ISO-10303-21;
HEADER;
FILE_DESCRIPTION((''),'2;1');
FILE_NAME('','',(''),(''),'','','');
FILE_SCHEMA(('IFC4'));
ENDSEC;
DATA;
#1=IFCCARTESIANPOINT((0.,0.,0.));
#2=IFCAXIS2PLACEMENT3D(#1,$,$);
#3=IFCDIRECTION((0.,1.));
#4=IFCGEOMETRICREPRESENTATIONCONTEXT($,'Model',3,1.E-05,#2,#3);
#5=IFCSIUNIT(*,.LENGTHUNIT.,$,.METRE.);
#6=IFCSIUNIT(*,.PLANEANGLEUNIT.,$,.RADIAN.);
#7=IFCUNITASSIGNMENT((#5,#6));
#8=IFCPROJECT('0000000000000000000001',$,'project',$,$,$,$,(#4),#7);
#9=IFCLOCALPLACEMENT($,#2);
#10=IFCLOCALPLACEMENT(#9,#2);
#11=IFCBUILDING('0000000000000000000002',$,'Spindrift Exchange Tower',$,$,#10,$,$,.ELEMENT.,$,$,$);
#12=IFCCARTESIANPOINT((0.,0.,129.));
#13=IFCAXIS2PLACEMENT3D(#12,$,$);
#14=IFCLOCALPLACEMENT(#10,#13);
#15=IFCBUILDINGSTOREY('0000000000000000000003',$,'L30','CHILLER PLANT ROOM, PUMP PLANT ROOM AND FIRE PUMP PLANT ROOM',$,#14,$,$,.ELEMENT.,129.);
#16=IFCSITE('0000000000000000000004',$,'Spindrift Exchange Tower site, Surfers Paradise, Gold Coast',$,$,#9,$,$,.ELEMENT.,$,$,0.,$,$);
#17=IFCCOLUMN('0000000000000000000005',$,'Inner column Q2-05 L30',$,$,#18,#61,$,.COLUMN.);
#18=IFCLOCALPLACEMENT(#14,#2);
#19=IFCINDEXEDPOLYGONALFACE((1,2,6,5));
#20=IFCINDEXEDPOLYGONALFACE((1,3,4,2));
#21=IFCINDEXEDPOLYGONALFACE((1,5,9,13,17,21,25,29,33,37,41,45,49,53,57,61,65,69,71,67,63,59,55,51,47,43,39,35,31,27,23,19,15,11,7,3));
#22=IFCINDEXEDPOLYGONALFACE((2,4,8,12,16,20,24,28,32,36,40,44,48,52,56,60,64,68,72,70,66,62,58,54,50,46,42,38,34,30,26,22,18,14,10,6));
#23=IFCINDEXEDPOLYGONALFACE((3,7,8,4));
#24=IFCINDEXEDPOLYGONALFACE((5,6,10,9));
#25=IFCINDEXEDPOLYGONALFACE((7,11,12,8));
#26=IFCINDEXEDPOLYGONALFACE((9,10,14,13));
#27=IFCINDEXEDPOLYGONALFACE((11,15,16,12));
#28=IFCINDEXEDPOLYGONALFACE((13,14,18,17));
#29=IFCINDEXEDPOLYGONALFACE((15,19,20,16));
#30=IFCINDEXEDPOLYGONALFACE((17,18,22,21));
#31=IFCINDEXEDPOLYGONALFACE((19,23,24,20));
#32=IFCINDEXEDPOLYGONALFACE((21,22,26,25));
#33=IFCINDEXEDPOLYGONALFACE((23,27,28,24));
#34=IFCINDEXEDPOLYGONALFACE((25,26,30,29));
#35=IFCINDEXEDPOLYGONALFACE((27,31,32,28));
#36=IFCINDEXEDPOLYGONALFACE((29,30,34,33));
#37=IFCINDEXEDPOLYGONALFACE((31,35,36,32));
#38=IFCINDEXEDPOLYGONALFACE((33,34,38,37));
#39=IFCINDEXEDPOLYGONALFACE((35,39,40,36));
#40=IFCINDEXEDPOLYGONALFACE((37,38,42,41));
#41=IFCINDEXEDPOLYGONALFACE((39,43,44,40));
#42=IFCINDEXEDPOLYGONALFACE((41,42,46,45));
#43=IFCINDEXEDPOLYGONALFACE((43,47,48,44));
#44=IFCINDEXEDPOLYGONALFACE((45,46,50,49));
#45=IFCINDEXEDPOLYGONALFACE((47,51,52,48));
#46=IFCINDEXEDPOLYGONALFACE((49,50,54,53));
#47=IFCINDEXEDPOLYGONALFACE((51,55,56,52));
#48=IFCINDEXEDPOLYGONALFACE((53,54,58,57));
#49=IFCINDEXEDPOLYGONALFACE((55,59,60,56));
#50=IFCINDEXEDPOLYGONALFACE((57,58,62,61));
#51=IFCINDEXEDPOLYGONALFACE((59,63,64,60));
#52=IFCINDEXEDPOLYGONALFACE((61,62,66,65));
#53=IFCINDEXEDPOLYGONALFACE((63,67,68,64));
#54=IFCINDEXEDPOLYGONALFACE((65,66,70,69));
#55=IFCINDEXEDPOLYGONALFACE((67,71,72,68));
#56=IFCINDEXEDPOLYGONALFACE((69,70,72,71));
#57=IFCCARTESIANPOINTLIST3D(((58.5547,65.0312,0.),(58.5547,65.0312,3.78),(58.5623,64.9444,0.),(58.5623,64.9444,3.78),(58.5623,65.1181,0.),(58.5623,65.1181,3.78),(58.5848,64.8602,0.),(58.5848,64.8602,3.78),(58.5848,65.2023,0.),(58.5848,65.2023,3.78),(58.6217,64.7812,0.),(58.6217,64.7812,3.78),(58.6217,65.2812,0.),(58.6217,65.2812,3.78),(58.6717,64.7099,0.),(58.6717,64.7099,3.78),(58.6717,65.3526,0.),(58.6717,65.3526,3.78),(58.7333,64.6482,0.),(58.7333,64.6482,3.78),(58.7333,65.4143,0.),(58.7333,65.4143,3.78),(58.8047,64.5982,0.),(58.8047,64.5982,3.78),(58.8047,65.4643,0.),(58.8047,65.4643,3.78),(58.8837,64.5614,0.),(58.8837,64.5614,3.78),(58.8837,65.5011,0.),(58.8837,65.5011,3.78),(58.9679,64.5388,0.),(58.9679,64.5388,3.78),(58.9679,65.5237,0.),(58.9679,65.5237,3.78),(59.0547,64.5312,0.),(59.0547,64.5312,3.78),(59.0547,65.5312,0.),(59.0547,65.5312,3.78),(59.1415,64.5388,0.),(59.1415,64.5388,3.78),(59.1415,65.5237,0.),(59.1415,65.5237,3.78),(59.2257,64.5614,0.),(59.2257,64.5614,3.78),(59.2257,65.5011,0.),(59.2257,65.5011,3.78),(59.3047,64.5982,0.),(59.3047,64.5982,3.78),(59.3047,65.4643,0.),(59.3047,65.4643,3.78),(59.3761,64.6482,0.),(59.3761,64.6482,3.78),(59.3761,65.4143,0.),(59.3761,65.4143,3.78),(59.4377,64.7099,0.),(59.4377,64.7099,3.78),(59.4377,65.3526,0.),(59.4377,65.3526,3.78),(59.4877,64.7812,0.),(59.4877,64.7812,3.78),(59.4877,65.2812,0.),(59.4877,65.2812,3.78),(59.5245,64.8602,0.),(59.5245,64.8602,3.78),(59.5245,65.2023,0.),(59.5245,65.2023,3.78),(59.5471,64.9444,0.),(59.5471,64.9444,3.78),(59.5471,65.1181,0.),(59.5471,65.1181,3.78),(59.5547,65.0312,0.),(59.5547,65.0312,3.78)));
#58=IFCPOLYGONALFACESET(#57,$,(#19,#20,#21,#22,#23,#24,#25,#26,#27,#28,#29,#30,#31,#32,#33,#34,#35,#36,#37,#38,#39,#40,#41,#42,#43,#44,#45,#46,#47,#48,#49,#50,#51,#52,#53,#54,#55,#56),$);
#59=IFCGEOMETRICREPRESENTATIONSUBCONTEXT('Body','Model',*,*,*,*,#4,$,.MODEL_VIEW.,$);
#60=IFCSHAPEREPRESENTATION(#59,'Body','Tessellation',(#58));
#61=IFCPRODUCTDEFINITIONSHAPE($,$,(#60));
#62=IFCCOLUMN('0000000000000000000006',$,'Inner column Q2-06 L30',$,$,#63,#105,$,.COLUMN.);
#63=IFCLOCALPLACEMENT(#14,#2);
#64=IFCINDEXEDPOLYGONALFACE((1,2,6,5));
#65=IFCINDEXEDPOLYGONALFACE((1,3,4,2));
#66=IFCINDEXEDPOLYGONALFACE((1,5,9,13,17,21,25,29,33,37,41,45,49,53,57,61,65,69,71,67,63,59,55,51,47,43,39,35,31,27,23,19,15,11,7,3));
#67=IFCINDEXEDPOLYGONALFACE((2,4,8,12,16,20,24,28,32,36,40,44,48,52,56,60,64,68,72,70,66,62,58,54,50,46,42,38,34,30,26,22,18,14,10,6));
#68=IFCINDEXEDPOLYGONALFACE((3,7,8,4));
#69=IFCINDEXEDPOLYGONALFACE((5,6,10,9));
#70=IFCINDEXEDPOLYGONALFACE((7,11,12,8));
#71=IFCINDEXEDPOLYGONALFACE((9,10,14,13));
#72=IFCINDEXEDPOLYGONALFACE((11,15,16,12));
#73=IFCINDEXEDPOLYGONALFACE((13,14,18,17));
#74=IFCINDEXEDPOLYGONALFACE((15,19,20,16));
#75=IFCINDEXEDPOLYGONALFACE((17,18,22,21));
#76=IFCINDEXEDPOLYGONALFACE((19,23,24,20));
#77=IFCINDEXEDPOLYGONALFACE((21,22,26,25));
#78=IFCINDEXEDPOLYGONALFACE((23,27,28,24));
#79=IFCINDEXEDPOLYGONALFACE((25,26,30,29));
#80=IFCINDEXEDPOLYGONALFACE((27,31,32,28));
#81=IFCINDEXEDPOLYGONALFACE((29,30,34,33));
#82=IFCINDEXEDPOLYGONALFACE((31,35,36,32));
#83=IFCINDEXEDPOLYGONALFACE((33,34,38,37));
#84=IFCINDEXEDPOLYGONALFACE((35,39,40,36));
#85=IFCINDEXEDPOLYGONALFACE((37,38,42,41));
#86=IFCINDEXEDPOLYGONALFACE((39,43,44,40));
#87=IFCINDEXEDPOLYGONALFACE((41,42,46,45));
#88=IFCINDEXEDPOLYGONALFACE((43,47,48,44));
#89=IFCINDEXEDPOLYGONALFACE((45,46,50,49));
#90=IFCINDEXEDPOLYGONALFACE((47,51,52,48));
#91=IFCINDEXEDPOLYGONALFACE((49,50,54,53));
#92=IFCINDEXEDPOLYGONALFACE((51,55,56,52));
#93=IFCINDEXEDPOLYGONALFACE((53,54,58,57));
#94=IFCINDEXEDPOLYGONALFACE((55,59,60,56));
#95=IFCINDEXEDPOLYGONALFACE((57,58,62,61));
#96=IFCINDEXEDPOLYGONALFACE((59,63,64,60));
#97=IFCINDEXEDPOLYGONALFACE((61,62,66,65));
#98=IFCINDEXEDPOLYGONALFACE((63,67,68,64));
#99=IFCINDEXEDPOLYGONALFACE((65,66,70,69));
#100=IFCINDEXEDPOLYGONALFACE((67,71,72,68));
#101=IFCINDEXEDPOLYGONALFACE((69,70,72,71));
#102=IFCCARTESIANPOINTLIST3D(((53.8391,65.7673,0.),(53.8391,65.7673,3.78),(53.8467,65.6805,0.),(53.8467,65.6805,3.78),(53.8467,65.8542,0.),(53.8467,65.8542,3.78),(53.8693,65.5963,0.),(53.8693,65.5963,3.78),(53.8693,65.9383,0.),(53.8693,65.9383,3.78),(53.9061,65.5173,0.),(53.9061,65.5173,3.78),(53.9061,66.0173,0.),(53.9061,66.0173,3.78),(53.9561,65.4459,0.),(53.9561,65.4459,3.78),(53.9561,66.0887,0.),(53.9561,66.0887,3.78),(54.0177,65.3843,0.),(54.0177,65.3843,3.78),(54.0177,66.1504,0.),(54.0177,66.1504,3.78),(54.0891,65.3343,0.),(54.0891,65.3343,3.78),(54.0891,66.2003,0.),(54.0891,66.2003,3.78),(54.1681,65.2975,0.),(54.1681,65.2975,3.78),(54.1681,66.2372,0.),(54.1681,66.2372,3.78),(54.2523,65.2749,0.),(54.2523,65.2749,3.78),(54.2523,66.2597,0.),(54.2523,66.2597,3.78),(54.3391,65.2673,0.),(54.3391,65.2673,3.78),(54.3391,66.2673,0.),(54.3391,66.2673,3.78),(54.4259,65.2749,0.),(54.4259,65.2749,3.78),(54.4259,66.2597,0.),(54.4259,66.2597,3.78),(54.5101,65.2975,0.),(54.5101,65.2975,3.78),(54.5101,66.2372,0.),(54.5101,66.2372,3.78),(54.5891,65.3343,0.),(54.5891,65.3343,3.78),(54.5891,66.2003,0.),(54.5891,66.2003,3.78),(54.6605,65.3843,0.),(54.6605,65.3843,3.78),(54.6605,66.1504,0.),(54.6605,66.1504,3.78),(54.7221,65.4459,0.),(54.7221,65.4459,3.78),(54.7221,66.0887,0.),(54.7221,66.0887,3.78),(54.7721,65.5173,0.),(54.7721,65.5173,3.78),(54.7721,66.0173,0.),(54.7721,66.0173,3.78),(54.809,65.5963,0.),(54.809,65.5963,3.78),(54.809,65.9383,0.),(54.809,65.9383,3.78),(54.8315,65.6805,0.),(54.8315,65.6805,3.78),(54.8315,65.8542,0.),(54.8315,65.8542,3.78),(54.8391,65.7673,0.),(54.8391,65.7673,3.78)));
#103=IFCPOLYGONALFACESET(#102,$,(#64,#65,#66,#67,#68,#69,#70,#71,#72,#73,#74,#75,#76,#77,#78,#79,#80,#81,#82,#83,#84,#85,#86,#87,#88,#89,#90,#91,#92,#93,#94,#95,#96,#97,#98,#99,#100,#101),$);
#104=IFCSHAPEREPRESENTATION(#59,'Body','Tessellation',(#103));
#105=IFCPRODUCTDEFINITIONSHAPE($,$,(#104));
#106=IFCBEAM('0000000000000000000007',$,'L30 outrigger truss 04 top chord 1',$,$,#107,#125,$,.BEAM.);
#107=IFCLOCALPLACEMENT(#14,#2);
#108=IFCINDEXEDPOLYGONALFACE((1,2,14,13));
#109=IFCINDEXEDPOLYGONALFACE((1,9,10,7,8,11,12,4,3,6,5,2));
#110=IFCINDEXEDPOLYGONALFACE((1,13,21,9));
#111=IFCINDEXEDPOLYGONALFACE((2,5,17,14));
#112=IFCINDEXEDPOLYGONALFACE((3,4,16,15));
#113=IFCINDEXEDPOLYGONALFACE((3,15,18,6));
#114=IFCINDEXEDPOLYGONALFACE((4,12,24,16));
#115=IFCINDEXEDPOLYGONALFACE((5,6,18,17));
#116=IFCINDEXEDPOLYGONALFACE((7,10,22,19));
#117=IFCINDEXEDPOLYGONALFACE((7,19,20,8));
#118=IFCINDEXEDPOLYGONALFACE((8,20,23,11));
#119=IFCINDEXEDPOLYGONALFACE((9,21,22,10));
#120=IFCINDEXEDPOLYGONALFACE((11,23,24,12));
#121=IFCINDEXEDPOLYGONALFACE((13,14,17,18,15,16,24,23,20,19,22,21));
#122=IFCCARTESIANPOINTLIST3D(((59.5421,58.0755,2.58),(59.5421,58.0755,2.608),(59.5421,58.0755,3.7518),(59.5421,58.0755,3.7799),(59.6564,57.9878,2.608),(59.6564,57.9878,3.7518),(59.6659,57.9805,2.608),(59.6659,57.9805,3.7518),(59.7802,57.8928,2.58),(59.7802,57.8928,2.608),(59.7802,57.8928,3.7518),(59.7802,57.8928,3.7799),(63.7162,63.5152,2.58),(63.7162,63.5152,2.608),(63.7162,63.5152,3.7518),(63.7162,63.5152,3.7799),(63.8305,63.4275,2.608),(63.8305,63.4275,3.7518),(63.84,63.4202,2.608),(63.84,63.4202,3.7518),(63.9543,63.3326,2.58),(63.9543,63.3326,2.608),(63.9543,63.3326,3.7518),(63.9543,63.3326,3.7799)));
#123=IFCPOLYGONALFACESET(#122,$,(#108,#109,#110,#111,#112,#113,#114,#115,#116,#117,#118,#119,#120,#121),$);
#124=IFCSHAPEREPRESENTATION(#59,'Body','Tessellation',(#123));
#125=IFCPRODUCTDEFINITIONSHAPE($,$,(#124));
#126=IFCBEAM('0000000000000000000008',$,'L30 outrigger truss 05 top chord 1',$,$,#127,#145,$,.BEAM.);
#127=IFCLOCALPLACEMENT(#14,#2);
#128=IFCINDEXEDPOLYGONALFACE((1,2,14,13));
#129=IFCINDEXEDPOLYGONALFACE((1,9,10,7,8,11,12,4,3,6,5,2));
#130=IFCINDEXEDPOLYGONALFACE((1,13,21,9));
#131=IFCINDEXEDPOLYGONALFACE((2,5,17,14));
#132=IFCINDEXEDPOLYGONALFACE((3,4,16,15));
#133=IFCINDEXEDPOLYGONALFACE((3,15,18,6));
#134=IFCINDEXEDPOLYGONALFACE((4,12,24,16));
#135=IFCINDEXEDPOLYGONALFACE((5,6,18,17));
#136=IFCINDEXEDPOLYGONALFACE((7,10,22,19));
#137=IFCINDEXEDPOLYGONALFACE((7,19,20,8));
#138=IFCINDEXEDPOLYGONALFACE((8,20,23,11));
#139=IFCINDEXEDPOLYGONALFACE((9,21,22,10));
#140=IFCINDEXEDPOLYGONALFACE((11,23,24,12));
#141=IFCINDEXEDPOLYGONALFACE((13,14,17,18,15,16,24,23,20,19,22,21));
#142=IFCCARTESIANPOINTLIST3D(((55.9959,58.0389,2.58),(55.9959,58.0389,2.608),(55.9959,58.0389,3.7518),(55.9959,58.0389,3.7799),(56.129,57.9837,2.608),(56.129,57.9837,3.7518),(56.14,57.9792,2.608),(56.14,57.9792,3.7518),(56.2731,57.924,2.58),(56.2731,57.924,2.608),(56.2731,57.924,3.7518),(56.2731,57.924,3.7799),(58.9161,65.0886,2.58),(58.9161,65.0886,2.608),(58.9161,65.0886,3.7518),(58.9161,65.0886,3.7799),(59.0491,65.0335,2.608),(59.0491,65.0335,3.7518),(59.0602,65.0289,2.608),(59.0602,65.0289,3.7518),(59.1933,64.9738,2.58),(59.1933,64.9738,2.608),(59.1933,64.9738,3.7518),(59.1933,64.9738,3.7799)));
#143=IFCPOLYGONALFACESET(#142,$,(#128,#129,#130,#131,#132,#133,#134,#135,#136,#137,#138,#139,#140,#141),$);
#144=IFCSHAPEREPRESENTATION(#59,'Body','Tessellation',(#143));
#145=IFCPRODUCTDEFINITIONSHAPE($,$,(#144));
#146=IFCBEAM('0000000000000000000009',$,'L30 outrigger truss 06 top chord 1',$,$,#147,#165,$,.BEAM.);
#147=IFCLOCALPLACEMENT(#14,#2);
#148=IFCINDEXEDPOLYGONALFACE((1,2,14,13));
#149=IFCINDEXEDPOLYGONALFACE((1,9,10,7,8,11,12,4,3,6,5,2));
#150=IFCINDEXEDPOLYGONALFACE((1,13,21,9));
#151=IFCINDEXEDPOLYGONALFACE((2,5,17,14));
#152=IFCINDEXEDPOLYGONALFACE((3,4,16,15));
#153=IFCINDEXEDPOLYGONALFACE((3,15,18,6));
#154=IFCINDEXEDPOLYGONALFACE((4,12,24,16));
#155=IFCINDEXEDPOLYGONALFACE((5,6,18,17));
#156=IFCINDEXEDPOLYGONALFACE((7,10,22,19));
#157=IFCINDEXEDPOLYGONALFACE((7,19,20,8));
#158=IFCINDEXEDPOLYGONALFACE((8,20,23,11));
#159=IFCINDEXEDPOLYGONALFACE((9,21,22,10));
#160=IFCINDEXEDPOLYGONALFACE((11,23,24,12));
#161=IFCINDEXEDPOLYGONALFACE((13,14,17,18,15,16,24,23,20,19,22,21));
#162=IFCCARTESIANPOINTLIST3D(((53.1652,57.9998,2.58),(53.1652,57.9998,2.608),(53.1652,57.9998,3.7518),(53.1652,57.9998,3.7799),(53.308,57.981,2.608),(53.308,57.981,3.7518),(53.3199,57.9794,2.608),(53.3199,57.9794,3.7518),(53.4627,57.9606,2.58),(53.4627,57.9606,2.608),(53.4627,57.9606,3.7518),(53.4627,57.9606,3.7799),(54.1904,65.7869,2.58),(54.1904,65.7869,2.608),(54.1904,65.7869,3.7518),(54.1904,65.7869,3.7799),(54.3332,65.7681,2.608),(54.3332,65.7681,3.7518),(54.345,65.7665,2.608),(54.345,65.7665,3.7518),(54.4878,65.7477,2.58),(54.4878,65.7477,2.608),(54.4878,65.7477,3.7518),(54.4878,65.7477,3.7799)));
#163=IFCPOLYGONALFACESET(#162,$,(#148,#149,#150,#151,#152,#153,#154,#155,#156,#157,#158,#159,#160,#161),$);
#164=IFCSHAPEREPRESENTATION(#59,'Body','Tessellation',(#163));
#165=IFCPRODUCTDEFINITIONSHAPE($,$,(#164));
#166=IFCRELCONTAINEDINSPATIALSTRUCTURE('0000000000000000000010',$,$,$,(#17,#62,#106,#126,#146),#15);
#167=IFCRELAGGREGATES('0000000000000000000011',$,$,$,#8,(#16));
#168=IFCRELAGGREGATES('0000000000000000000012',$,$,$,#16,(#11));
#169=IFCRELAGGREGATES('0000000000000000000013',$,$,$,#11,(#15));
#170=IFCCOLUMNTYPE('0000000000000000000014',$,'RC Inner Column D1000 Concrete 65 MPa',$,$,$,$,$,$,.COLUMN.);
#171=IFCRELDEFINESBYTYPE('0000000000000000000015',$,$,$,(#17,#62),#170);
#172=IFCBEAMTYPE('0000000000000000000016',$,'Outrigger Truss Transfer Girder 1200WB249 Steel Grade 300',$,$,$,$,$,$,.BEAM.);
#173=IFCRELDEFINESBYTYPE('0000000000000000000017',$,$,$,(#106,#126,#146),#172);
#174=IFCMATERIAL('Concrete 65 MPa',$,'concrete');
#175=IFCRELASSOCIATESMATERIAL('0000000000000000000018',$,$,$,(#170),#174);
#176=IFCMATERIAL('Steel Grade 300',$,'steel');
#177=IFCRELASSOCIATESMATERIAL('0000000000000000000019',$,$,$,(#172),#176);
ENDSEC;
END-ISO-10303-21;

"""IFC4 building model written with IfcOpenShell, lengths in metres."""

from ifc_helpers import new_model, si_unit, direction, frame, origin, origin_2d, place, context, subcontext, project, spatial, circle, i_section, extrude, source, transform, mapped, material, material_profile, profile_set, type_object, element, save


model = new_model("IFC4")

# Units and contexts
model_context = context("Model", 3, precision=1e-05, world=origin(), true_north=direction((0.0, 1.0)))
body_context = subcontext(model_context, "Body", "Model", "MODEL_VIEW")
ifc_project = project(units=[si_unit("LENGTHUNIT", "METRE"), si_unit("PLANEANGLEUNIT", "RADIAN")], contexts=[model_context])

# Site, building, storey
site_placement = place(None, origin())
site = spatial("IfcSite", under=ifc_project, at=site_placement, Name="Spindrift Exchange Tower site, Surfers Paradise, Gold Coast", CompositionType="ELEMENT", RefElevation=0.0)
building_placement = place(site_placement, origin())
building = spatial("IfcBuilding", under=site, at=building_placement, Name="Spindrift Exchange Tower", CompositionType="ELEMENT")
storey_placement = place(building_placement, frame((0.0, 0.0, 129.0)))
storey = spatial("IfcBuildingStorey", under=building, at=storey_placement, Name="L30", Description="CHILLER PLANT ROOM, PUMP PLANT ROOM AND FIRE PUMP PLANT ROOM", CompositionType="ELEMENT", Elevation=129.0)

# Columns
ifc_material_1 = material(Name="Concrete 65 MPa", Category="concrete")
ifc_material_profile_1 = material_profile(ifc_material_1, circle(Radius=0.5, at=origin_2d()), Name="RC D1000")
ifc_profile_set_1 = profile_set([ifc_material_profile_1], Name="Concrete 65 MPa")
column_type = type_object("IfcColumnType", Name="RC Inner Column D1000 Concrete 65 MPa", PredefinedType="COLUMN", material=ifc_profile_set_1)
shared_shape_1 = source(origin(), body_context, "Body", "SweptSolid", [
    extrude(circle(Radius=0.5, at=origin_2d()), origin(), (0.0, 0.0, 1.0), 3.78),
])
for number, where, z_axis, x_axis, name in (
    (1, (59.0547, 65.0312, 0.0), (0.0, 0.0, 1.0), (1.0, 0.0, 0.0), "Inner column Q2-05 L30"),
    (2, (54.3391, 65.7673, 0.0), (0.0, 0.0, 1.0), (1.0, 0.0, 0.0), "Inner column Q2-06 L30"),
):
    element("IfcColumn", number, at=place(storey_placement, frame(where, z_axis=z_axis, x_axis=x_axis)), inside=storey, type_object=column_type, Name=name, PredefinedType="COLUMN", context=body_context, shape_type="MappedRepresentation", body=[
        mapped(shared_shape_1, transform((0.0, 0.0, 0.0), scale=1.0)),
    ])

# Beams
ifc_material_2 = material(Name="Steel Grade 300", Category="steel")
ifc_material_profile_2 = material_profile(ifc_material_2, i_section(OverallWidth=0.3, OverallDepth=1.2, WebThickness=0.012, FlangeThickness=0.0281, at=origin_2d()), Name="1200WB249")
ifc_profile_set_2 = profile_set([ifc_material_profile_2], Name="Steel Grade 300")
beam_type = type_object("IfcBeamType", Name="Outrigger Truss Transfer Girder 1200WB249 Steel Grade 300", PredefinedType="BEAM", material=ifc_profile_set_2)
shared_shape_2 = source(origin(), body_context, "Body", "SweptSolid", [
    extrude(i_section(OverallWidth=0.3, OverallDepth=1.2, WebThickness=0.012, FlangeThickness=0.0281, at=origin_2d()), origin(), (0.0, 0.0, 1.0), 6.8567),
])
beam_1_placement = place(storey_placement, frame((59.6611, 57.9841, 3.1799), z_axis=(0.608766, 0.79335, 0.0), x_axis=(-0.79335, 0.608766, 0.0)))
element("IfcBeam", 3, at=beam_1_placement, inside=storey, type_object=beam_type, Name="L30 outrigger truss 04 top chord 1", PredefinedType="BEAM", context=body_context, shape_type="MappedRepresentation", body=[
    mapped(shared_shape_2, transform((0.0, 0.0, 0.0), scale=1.0)),
])
shared_shape_3 = source(origin(), body_context, "Body", "SweptSolid", [
    extrude(i_section(OverallWidth=0.3, OverallDepth=1.2, WebThickness=0.012, FlangeThickness=0.0281, at=origin_2d()), origin(), (0.0, 0.0, 1.0), 7.6306),
])
beam_2_placement = place(storey_placement, frame((56.1345, 57.9814, 3.1799), z_axis=(0.382688, 0.923878, 0.0), x_axis=(-0.923878, 0.382688, 0.0)))
element("IfcBeam", 4, at=beam_2_placement, inside=storey, type_object=beam_type, Name="L30 outrigger truss 05 top chord 1", PredefinedType="BEAM", context=body_context, shape_type="MappedRepresentation", body=[
    mapped(shared_shape_3, transform((0.0, 0.0, 0.0), scale=1.0)),
])
shared_shape_4 = source(origin(), body_context, "Body", "SweptSolid", [
    extrude(i_section(OverallWidth=0.3, OverallDepth=1.2, WebThickness=0.012, FlangeThickness=0.0281, at=origin_2d()), origin(), (0.0, 0.0, 1.0), 7.8542),
])
beam_3_placement = place(storey_placement, frame((53.314, 57.9802, 3.1799), z_axis=(0.13052, 0.991446, 0.0), x_axis=(-0.991446, 0.13052, 0.0)))
element("IfcBeam", 5, at=beam_3_placement, inside=storey, type_object=beam_type, Name="L30 outrigger truss 06 top chord 1", PredefinedType="BEAM", context=body_context, shape_type="MappedRepresentation", body=[
    mapped(shared_shape_4, transform((0.0, 0.0, 0.0), scale=1.0)),
])

save(model, "model.ifc")
